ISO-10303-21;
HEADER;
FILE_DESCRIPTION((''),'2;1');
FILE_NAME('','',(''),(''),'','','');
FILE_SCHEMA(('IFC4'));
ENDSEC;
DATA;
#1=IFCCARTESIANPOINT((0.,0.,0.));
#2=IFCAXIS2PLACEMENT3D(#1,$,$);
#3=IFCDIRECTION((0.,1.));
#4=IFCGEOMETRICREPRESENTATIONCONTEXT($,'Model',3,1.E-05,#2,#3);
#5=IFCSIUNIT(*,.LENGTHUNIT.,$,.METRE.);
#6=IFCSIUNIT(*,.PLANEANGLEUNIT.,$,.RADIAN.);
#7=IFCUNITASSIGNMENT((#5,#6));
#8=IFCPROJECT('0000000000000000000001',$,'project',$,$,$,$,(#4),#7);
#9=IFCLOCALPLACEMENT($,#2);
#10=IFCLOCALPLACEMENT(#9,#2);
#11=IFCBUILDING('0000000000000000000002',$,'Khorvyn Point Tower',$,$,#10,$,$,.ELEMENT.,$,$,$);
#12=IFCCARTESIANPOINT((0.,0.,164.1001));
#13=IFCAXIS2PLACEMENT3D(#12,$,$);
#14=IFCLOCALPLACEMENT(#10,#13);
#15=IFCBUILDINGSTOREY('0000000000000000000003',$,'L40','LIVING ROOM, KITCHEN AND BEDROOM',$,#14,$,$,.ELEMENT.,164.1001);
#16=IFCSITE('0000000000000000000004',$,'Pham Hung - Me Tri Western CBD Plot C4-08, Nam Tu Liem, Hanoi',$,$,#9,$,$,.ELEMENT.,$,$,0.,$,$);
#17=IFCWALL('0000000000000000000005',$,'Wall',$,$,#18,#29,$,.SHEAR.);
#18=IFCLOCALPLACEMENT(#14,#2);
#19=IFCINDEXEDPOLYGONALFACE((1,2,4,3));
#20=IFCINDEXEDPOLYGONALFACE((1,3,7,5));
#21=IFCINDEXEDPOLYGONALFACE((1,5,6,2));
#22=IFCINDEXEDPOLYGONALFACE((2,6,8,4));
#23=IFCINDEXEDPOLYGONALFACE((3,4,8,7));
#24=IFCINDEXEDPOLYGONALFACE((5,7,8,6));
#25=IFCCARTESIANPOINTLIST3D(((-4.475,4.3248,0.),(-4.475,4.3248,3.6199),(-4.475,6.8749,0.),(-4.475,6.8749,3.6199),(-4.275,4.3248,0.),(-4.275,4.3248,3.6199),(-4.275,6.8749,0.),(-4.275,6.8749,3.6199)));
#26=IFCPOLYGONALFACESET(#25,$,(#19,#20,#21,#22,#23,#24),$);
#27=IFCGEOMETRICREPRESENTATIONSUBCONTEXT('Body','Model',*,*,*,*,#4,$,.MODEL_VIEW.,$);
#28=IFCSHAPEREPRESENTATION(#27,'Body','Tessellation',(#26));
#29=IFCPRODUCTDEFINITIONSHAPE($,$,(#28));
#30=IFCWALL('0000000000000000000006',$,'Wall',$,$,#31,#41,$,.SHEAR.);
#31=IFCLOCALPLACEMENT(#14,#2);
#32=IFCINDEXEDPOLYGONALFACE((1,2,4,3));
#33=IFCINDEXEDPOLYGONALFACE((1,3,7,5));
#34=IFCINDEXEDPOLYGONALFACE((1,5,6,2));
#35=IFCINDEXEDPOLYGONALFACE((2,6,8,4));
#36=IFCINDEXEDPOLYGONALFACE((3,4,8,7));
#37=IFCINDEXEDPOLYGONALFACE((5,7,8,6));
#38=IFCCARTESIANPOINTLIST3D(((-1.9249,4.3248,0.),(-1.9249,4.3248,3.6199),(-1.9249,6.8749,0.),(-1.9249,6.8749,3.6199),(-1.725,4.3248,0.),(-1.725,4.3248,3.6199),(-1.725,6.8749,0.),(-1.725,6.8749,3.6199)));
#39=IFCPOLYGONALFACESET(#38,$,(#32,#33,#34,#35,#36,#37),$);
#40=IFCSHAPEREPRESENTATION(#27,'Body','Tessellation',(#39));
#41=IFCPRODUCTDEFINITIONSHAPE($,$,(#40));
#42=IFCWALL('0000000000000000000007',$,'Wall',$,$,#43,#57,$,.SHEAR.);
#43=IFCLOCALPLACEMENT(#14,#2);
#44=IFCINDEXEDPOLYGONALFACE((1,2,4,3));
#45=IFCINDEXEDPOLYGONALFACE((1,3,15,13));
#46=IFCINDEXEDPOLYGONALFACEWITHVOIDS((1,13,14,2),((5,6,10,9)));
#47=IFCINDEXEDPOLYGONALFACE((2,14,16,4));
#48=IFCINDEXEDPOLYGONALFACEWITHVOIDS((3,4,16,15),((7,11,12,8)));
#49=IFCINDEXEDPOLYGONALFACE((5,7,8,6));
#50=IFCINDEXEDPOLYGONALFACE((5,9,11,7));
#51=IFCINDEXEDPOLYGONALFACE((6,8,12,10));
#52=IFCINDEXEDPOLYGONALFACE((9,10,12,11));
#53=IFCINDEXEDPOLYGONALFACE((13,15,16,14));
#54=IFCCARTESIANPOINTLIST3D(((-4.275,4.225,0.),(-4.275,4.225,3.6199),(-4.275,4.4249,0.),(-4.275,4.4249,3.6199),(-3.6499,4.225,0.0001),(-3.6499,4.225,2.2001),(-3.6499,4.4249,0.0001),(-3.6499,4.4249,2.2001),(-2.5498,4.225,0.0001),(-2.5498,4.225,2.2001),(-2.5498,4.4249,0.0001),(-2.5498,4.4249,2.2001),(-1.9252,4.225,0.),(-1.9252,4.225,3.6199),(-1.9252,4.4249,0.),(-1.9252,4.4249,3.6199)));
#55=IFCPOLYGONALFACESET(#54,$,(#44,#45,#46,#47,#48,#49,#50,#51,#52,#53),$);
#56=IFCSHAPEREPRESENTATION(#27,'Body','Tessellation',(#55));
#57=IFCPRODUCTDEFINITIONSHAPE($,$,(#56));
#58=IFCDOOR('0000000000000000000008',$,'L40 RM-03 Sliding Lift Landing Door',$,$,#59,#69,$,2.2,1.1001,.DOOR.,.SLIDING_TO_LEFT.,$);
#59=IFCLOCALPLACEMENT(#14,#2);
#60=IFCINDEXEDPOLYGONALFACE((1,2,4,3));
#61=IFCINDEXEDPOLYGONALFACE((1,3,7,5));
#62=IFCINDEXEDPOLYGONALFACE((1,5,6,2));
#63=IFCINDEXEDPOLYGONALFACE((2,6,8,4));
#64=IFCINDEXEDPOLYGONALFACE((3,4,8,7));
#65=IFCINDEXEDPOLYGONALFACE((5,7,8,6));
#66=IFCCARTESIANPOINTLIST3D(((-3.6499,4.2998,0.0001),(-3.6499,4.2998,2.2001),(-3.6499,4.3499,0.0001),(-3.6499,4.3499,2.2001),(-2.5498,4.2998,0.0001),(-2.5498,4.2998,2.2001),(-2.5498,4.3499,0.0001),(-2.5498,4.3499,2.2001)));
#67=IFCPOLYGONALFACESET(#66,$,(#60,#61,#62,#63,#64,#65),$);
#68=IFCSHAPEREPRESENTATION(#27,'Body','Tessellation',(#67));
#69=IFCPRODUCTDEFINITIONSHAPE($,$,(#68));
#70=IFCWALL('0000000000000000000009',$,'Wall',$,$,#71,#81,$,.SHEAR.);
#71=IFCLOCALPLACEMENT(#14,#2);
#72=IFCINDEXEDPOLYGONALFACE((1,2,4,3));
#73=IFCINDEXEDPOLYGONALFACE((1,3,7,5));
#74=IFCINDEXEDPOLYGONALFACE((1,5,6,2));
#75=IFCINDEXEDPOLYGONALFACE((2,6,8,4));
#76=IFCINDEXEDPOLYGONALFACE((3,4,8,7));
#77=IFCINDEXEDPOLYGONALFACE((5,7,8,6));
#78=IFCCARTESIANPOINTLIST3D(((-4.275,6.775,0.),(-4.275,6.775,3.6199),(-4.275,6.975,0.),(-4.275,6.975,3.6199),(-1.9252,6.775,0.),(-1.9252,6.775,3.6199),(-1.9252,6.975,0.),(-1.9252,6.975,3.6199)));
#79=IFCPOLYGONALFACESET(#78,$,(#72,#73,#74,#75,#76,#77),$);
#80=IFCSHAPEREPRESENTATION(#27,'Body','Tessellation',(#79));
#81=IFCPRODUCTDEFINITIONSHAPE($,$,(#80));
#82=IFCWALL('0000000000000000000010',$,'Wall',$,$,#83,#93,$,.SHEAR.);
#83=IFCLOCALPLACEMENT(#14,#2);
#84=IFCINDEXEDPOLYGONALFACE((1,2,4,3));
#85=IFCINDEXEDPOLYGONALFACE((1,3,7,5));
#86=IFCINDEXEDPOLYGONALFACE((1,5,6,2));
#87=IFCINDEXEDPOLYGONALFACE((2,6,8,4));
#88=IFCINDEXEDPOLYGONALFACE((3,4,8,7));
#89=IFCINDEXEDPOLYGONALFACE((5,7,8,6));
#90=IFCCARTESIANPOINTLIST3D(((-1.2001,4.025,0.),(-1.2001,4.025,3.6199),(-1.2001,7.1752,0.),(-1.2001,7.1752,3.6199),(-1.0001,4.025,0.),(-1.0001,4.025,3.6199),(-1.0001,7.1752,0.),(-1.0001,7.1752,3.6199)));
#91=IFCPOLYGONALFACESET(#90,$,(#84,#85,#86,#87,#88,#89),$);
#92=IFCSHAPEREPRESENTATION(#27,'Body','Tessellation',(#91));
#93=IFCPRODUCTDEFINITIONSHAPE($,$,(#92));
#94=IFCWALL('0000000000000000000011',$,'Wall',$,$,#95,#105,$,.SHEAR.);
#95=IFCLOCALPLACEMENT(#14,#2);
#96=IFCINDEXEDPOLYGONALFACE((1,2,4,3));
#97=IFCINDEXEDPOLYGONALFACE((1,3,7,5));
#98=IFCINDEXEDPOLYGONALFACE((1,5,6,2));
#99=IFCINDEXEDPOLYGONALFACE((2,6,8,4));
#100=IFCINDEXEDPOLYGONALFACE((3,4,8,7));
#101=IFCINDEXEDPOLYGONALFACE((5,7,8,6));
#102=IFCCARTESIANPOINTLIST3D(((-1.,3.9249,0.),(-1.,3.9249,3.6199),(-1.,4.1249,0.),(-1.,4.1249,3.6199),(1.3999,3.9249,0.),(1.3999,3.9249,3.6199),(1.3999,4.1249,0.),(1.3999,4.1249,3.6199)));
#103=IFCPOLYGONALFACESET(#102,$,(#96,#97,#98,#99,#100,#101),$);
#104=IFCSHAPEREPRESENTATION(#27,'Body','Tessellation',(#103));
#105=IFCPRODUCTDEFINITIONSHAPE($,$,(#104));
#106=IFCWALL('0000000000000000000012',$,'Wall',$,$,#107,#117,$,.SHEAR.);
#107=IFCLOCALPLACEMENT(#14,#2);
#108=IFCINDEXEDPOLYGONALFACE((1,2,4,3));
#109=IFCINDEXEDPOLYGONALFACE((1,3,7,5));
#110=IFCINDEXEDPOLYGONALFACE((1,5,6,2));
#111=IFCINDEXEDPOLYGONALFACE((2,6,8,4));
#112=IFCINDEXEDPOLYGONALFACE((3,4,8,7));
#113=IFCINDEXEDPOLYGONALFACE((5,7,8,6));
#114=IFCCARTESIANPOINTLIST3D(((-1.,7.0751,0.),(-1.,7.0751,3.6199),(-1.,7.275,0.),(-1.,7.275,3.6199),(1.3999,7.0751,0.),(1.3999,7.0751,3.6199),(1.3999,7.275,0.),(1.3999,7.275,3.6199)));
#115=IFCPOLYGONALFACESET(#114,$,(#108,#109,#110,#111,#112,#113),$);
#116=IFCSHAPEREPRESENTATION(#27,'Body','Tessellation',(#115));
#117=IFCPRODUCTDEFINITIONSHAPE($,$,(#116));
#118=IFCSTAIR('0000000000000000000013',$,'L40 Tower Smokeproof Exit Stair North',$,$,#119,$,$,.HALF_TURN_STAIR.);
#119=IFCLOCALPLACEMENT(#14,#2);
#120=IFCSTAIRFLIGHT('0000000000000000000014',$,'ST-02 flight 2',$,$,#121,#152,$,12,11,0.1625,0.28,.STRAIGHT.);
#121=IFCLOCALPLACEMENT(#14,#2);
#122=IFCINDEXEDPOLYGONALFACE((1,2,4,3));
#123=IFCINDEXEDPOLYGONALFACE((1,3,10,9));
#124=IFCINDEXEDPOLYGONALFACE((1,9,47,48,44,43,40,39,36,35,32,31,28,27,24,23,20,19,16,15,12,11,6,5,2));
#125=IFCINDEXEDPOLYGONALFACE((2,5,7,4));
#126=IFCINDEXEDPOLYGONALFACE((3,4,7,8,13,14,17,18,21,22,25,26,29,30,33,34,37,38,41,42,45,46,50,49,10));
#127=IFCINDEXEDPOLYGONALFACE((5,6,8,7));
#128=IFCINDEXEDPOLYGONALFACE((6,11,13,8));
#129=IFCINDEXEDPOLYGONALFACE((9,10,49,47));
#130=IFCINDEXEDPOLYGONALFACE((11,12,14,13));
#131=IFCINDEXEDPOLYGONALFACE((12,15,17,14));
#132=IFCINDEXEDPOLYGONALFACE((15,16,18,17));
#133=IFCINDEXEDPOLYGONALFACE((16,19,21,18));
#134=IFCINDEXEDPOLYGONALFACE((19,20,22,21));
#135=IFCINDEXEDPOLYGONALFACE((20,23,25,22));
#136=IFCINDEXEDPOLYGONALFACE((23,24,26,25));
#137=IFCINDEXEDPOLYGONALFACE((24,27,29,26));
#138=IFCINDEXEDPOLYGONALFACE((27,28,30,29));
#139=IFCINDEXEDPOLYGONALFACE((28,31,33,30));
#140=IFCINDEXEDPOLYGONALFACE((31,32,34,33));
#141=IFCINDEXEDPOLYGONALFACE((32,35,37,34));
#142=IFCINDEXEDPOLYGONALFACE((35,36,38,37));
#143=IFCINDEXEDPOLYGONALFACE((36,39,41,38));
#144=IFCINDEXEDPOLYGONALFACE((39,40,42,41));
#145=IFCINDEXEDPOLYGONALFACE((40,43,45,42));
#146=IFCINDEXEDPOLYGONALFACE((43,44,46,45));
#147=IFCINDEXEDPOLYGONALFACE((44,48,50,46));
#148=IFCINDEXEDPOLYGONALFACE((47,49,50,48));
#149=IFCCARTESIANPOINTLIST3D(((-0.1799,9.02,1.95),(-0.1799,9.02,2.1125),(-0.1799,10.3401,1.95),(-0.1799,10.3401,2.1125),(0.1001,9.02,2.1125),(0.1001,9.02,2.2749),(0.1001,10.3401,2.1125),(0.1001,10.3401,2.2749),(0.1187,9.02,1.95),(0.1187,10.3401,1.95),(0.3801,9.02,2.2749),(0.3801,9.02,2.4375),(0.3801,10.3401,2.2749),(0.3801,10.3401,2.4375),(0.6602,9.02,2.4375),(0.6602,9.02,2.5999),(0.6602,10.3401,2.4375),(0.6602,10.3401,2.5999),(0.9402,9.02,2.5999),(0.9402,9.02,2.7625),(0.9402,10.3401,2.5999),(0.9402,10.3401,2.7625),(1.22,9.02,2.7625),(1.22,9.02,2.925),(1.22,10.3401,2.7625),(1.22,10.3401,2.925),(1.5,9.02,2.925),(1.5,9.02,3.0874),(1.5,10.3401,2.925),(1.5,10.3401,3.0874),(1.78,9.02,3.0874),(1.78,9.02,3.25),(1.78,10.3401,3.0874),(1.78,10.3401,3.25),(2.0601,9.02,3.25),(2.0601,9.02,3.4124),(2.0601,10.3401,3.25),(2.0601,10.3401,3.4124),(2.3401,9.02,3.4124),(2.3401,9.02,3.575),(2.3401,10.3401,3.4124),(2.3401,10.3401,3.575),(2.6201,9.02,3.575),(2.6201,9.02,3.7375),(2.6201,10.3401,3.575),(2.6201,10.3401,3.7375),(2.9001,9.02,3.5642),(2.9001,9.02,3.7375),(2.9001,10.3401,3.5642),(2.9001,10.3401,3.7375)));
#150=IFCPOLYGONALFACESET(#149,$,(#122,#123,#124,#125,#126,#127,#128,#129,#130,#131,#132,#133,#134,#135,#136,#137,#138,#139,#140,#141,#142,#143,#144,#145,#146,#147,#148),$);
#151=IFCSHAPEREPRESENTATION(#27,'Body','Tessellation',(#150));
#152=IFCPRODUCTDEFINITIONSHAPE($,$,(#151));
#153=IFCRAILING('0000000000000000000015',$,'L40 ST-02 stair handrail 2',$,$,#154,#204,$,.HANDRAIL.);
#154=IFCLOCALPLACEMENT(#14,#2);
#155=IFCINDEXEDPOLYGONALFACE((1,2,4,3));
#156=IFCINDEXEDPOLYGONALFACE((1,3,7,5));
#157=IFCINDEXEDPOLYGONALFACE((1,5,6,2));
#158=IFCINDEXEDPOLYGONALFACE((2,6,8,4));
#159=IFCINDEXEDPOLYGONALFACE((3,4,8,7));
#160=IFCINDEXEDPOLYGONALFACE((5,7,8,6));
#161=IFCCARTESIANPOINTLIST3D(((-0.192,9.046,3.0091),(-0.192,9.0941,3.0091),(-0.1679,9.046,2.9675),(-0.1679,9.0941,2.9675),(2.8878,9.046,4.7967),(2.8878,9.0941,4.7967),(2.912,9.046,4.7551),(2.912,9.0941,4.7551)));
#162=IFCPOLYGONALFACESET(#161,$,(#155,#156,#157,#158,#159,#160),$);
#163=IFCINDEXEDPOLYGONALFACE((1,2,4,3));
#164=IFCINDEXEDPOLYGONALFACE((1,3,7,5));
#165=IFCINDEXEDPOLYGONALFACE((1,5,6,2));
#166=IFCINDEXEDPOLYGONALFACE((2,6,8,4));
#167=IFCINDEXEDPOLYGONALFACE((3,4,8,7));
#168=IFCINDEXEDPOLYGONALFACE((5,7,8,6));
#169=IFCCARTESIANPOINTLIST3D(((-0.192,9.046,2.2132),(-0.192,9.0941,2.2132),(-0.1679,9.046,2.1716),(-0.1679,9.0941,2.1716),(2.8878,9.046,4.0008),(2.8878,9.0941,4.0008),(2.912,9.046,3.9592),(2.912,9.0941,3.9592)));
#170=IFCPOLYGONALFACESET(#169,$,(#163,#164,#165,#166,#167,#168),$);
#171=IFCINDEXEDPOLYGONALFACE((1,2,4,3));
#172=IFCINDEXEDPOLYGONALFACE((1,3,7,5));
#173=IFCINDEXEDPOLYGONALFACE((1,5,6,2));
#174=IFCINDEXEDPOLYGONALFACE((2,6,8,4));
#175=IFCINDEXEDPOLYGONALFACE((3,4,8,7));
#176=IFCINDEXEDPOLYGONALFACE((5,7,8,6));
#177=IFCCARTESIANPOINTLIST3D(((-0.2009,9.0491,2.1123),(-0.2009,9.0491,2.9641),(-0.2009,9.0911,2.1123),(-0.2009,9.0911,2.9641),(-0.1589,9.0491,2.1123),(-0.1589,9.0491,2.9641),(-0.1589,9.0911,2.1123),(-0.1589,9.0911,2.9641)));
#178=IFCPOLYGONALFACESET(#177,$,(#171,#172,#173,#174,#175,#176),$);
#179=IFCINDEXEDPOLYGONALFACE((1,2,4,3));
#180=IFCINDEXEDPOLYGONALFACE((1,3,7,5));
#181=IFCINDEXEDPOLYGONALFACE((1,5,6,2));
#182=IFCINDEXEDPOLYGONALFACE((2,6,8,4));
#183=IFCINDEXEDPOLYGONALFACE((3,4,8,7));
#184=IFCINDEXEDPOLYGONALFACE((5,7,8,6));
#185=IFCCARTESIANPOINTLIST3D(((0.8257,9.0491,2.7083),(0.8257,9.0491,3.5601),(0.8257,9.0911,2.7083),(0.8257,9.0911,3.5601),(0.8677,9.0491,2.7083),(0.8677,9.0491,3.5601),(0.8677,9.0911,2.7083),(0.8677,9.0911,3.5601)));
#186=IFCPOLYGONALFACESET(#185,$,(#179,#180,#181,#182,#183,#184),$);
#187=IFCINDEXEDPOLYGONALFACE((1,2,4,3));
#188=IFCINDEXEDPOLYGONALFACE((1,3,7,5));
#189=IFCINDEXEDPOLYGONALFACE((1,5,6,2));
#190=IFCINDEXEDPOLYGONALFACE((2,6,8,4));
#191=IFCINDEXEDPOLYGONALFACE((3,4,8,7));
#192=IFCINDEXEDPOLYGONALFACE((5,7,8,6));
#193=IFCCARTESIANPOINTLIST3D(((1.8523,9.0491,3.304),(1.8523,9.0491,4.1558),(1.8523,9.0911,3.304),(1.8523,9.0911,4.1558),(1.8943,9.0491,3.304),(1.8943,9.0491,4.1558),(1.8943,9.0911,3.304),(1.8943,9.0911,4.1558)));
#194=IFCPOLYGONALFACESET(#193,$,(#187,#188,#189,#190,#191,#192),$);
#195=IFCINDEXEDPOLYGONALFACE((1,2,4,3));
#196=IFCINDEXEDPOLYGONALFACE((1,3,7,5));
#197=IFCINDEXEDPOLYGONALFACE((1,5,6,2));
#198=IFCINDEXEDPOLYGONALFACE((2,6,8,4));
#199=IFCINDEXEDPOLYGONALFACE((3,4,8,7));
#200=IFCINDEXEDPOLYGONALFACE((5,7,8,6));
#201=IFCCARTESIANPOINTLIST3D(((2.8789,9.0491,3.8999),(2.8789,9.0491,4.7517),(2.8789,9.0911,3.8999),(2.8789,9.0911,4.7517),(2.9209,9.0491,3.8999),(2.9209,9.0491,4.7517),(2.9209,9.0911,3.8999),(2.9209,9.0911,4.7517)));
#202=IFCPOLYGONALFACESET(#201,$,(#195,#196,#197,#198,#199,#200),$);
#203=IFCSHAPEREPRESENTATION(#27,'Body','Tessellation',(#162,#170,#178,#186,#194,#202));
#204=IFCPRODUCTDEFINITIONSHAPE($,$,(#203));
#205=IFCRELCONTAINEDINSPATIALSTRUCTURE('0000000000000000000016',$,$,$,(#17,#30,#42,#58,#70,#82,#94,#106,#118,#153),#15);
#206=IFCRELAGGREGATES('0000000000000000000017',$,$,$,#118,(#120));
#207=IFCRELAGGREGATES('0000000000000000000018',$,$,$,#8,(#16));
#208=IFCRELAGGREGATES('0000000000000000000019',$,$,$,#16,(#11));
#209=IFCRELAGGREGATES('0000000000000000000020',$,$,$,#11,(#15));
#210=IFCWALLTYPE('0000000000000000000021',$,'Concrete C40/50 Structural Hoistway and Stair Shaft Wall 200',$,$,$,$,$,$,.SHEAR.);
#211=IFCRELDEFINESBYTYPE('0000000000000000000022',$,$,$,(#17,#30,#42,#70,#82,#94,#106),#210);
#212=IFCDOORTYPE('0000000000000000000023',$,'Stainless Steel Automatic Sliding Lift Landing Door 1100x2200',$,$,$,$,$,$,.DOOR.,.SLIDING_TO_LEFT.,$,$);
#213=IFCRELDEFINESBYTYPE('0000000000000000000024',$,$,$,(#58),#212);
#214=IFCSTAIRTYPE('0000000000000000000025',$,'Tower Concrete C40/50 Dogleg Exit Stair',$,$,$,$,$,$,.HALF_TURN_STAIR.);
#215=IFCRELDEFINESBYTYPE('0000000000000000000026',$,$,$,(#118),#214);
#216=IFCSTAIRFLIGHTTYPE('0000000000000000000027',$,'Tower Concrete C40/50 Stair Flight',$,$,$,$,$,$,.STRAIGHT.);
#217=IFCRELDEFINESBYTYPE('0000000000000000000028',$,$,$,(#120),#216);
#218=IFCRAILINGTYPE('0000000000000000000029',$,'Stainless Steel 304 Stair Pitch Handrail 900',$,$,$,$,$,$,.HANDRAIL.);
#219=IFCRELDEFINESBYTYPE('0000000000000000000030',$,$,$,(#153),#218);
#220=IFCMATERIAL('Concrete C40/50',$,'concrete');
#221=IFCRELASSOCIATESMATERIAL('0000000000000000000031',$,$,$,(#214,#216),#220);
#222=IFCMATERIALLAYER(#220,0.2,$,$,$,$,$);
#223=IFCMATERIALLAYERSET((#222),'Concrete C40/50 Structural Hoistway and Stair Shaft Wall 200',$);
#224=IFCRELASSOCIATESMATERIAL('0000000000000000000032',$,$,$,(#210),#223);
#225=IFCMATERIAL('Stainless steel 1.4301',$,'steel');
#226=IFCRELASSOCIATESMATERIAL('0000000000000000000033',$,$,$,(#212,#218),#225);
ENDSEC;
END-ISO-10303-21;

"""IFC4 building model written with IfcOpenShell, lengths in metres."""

from ifc_helpers import new_model, si_unit, direction, frame, frame_2d, origin, origin_2d, place, context, subcontext, project, spatial, polyline, rectangle, outline, extrude, material, layer, layer_set, type_object, element, fill, aggregate, save


model = new_model("IFC4")

# Units and contexts
model_context = context("Model", 3, precision=1e-05, world=origin(), true_north=direction((0.0, 1.0)))
body_context = subcontext(model_context, "Body", "Model", "MODEL_VIEW")
ifc_project = project(units=[si_unit("LENGTHUNIT", "METRE"), si_unit("PLANEANGLEUNIT", "RADIAN")], contexts=[model_context])

# Site, building, storey
site_placement = place(None, origin())
site = spatial("IfcSite", under=ifc_project, at=site_placement, Name="Pham Hung - Me Tri Western CBD Plot C4-08, Nam Tu Liem, Hanoi", CompositionType="ELEMENT", RefElevation=0.0)
building_placement = place(site_placement, origin())
building = spatial("IfcBuilding", under=site, at=building_placement, Name="Khorvyn Point Tower", CompositionType="ELEMENT")
storey_placement = place(building_placement, frame((0.0, 0.0, 164.1001)))
storey = spatial("IfcBuildingStorey", under=building, at=storey_placement, Name="L40", Description="LIVING ROOM, KITCHEN AND BEDROOM", CompositionType="ELEMENT", Elevation=164.1001)

# Shared definitions
ifc_material_1 = material(Name="Concrete C40/50", Category="concrete")

# Shared definitions
stair_type = type_object("IfcStairType", Name="Tower Concrete C40/50 Dogleg Exit Stair", PredefinedType="HALF_TURN_STAIR", material=ifc_material_1)

# Shared definitions
ifc_layer_1 = layer(ifc_material_1, 0.2)
ifc_layer_set_1 = layer_set([ifc_layer_1], Name="Concrete C40/50 Structural Hoistway and Stair Shaft Wall 200")
wall_type_1 = type_object("IfcWallType", Name="Concrete C40/50 Structural Hoistway and Stair Shaft Wall 200", PredefinedType="SHEAR", material=ifc_layer_set_1)
ifc_material_2 = material(Name="Stainless steel 1.4301", Category="steel")
door_type = type_object("IfcDoorType", Name="Stainless Steel Automatic Sliding Lift Landing Door 1100x2200", OperationType="SLIDING_TO_LEFT", PredefinedType="DOOR", material=ifc_material_2)

# Walls
for number, where, z_axis, x_axis, name in (
    (1, (-4.375, 4.325, 0.0), (0.0, 0.0, 1.0), (0.0, 1.0, 0.0), "Wall"),
    (2, (-1.825, 4.325, 0.0), (0.0, 0.0, 1.0), (0.0, 1.0, 0.0), "Wall"),
):
    element("IfcWall", number, at=place(storey_placement, frame(where, z_axis=z_axis, x_axis=x_axis)), inside=storey, type_object=wall_type_1, Name=name, PredefinedType="SHEAR", context=body_context, shape_type="SweptSolid", body=[
        extrude(rectangle(XDim=2.55, YDim=0.2, at=frame_2d((1.2749, 0.0))), origin(), (0.0, 0.0, 1.0), 3.6199),
    ])

# Wall, opening, door
wall_1_placement = place(storey_placement, frame((-4.2749, 4.325, 0.0), z_axis=(0.0, 0.0, 1.0), x_axis=(1.0, 0.0, 0.0)))
wall_1 = element("IfcWall", 3, at=wall_1_placement, inside=storey, type_object=wall_type_1, Name="Wall", PredefinedType="SHEAR", context=body_context, shape_type="SweptSolid", body=[
    extrude(rectangle(XDim=2.3499, YDim=0.2, at=frame_2d((1.1748, 0.0))), origin(), (0.0, 0.0, 1.0), 3.6199),
])
opening_1_placement = place(wall_1_placement, frame((0.625, 0.0, 0.0)))
opening_1 = element("IfcOpeningElement", 4, at=opening_1_placement, cuts=wall_1, PredefinedType="OPENING", context=body_context, shape_type="SweptSolid", body=[
    extrude(rectangle(XDim=1.1001, YDim=2.2, at=frame_2d((0.55, 1.1001))), frame((0.0, 0.1099, 0.0), z_axis=(0.0, -1.0, 0.0), x_axis=(1.0, 0.0, 0.0)), (0.0, 0.0, 1.0), 0.22),
])
door_1_placement = place(opening_1_placement, origin())
door_1 = element("IfcDoor", 5, at=door_1_placement, inside=storey, type_object=door_type, Name="L40 RM-03 Sliding Lift Landing Door", OperationType="SLIDING_TO_LEFT", OverallHeight=2.2, OverallWidth=1.1001, PredefinedType="DOOR", context=body_context, shape_type="SweptSolid", body=[
    extrude(rectangle(XDim=1.1001, YDim=2.2, at=frame_2d((0.55, 1.1001))), frame((0.0, 0.0249, 0.0), z_axis=(0.0, -1.0, 0.0), x_axis=(1.0, 0.0, 0.0)), (0.0, 0.0, 1.0), 0.05),
])
fill(opening_1, door_1)

# Walls
wall_2_placement = place(storey_placement, frame((-4.2749, 6.875, 0.0), z_axis=(0.0, 0.0, 1.0), x_axis=(1.0, 0.0, 0.0)))
element("IfcWall", 6, at=wall_2_placement, inside=storey, type_object=wall_type_1, Name="Wall", PredefinedType="SHEAR", context=body_context, shape_type="SweptSolid", body=[
    extrude(rectangle(XDim=2.3499, YDim=0.2, at=frame_2d((1.1748, 0.0))), origin(), (0.0, 0.0, 1.0), 3.6199),
])
wall_3_placement = place(storey_placement, frame((-1.1001, 4.0249, 0.0), z_axis=(0.0, 0.0, 1.0), x_axis=(0.0, 1.0, 0.0)))
element("IfcWall", 7, at=wall_3_placement, inside=storey, type_object=wall_type_1, Name="Wall", PredefinedType="SHEAR", context=body_context, shape_type="SweptSolid", body=[
    extrude(rectangle(XDim=3.1501, YDim=0.2, at=frame_2d((1.5752, 0.0))), origin(), (0.0, 0.0, 1.0), 3.6199),
])
for number, where, z_axis, x_axis, name in (
    (8, (-1.0, 4.0249, 0.0), (0.0, 0.0, 1.0), (1.0, 0.0, 0.0), "Wall"),
    (9, (-1.0, 7.175, 0.0), (0.0, 0.0, 1.0), (1.0, 0.0, 0.0), "Wall"),
):
    element("IfcWall", number, at=place(storey_placement, frame(where, z_axis=z_axis, x_axis=x_axis)), inside=storey, type_object=wall_type_1, Name=name, PredefinedType="SHEAR", context=body_context, shape_type="SweptSolid", body=[
        extrude(rectangle(XDim=2.3999, YDim=0.2, at=frame_2d((1.2, 0.0))), origin(), (0.0, 0.0, 1.0), 3.6199),
    ])

# Stair, stair flight
stair_1_placement = place(storey_placement, origin())
stair_1 = element("IfcStair", 10, at=stair_1_placement, inside=storey, type_object=stair_type, Name="L40 Tower Smokeproof Exit Stair North", PredefinedType="HALF_TURN_STAIR")
stair_flight_type = type_object("IfcStairFlightType", Name="Tower Concrete C40/50 Stair Flight", PredefinedType="STRAIGHT", material=ifc_material_1)
stair_flight_placement = place(storey_placement, frame((-0.1799, 9.6799, 1.95), z_axis=(0.0, 0.0, 1.0), x_axis=(1.0, 0.0, 0.0)))
stair_flight = element("IfcStairFlight", 11, at=stair_flight_placement, type_object=stair_flight_type, Name="ST-02 flight 2", NumberOfRisers=12, NumberOfTreads=11, PredefinedType="STRAIGHT", RiserHeight=0.1625, TreadLength=0.28, context=body_context, shape_type="SweptSolid", body=[
    extrude(outline(polyline([(0.0, 0.0), (0.0, 0.1626), (0.28, 0.1626), (0.28, 0.325), (0.5601, 0.325), (0.5601, 0.4875), (0.8401, 0.4875), (0.8401, 0.6499), (1.1201, 0.6499), (1.1201, 0.8125), (1.3999, 0.8125), (1.3999, 0.9751), (1.6799, 0.9751), (1.6799, 1.1375), (1.96, 1.1375), (1.96, 1.3), (2.24, 1.3), (2.24, 1.4624), (2.52, 1.4624), (2.52, 1.625), (2.8, 1.625), (2.8, 1.7876), (3.0801, 1.7876), (3.0801, 1.95), (3.0801, 1.6143), (0.2986, 0.0), (0.0, 0.0)])), frame((0.0, 0.6602, 0.0), z_axis=(0.0, -1.0, 0.0), x_axis=(1.0, 0.0, 0.0)), (0.0, 0.0, 1.0), 1.3201),
])
aggregate(stair_1, [stair_flight])

# Railing
railing_type_1 = type_object("IfcRailingType", Name="Stainless Steel 304 Stair Pitch Handrail 900", PredefinedType="HANDRAIL", material=ifc_material_2)
railing_1_placement = place(storey_placement, frame((-0.1799, 9.0701, 2.1123)))
element("IfcRailing", 12, at=railing_1_placement, inside=storey, type_object=railing_type_1, Name="L40 ST-02 stair handrail 2", PredefinedType="HANDRAIL", context=body_context, shape_type="SweptSolid", body=[
    extrude(rectangle(XDim=0.0481, YDim=0.0481, at=origin_2d()), frame((0.0, 0.0, 0.876), z_axis=(0.864873, 0.0, 0.50199), x_axis=(0.0, 1.0, 0.0)), (0.0, 0.0, 1.0), 3.561),
    extrude(rectangle(XDim=0.0481, YDim=0.0481, at=origin_2d()), frame((0.0, 0.0, 0.0801), z_axis=(0.864873, 0.0, 0.50199), x_axis=(0.0, 1.0, 0.0)), (0.0, 0.0, 1.0), 3.561),
    extrude(rectangle(XDim=0.042, YDim=0.042, at=origin_2d()), origin(), (0.0, 0.0, 1.0), 0.8518),
    extrude(rectangle(XDim=0.042, YDim=0.042, at=origin_2d()), frame((1.0266, 0.0, 0.5959)), (0.0, 0.0, 1.0), 0.8518),
    extrude(rectangle(XDim=0.042, YDim=0.042, at=origin_2d()), frame((2.0532, 0.0, 1.1917)), (0.0, 0.0, 1.0), 0.8518),
    extrude(rectangle(XDim=0.042, YDim=0.042, at=origin_2d()), frame((3.0798, 0.0, 1.7876)), (0.0, 0.0, 1.0), 0.8518),
])

save(model, "model.ifc")
